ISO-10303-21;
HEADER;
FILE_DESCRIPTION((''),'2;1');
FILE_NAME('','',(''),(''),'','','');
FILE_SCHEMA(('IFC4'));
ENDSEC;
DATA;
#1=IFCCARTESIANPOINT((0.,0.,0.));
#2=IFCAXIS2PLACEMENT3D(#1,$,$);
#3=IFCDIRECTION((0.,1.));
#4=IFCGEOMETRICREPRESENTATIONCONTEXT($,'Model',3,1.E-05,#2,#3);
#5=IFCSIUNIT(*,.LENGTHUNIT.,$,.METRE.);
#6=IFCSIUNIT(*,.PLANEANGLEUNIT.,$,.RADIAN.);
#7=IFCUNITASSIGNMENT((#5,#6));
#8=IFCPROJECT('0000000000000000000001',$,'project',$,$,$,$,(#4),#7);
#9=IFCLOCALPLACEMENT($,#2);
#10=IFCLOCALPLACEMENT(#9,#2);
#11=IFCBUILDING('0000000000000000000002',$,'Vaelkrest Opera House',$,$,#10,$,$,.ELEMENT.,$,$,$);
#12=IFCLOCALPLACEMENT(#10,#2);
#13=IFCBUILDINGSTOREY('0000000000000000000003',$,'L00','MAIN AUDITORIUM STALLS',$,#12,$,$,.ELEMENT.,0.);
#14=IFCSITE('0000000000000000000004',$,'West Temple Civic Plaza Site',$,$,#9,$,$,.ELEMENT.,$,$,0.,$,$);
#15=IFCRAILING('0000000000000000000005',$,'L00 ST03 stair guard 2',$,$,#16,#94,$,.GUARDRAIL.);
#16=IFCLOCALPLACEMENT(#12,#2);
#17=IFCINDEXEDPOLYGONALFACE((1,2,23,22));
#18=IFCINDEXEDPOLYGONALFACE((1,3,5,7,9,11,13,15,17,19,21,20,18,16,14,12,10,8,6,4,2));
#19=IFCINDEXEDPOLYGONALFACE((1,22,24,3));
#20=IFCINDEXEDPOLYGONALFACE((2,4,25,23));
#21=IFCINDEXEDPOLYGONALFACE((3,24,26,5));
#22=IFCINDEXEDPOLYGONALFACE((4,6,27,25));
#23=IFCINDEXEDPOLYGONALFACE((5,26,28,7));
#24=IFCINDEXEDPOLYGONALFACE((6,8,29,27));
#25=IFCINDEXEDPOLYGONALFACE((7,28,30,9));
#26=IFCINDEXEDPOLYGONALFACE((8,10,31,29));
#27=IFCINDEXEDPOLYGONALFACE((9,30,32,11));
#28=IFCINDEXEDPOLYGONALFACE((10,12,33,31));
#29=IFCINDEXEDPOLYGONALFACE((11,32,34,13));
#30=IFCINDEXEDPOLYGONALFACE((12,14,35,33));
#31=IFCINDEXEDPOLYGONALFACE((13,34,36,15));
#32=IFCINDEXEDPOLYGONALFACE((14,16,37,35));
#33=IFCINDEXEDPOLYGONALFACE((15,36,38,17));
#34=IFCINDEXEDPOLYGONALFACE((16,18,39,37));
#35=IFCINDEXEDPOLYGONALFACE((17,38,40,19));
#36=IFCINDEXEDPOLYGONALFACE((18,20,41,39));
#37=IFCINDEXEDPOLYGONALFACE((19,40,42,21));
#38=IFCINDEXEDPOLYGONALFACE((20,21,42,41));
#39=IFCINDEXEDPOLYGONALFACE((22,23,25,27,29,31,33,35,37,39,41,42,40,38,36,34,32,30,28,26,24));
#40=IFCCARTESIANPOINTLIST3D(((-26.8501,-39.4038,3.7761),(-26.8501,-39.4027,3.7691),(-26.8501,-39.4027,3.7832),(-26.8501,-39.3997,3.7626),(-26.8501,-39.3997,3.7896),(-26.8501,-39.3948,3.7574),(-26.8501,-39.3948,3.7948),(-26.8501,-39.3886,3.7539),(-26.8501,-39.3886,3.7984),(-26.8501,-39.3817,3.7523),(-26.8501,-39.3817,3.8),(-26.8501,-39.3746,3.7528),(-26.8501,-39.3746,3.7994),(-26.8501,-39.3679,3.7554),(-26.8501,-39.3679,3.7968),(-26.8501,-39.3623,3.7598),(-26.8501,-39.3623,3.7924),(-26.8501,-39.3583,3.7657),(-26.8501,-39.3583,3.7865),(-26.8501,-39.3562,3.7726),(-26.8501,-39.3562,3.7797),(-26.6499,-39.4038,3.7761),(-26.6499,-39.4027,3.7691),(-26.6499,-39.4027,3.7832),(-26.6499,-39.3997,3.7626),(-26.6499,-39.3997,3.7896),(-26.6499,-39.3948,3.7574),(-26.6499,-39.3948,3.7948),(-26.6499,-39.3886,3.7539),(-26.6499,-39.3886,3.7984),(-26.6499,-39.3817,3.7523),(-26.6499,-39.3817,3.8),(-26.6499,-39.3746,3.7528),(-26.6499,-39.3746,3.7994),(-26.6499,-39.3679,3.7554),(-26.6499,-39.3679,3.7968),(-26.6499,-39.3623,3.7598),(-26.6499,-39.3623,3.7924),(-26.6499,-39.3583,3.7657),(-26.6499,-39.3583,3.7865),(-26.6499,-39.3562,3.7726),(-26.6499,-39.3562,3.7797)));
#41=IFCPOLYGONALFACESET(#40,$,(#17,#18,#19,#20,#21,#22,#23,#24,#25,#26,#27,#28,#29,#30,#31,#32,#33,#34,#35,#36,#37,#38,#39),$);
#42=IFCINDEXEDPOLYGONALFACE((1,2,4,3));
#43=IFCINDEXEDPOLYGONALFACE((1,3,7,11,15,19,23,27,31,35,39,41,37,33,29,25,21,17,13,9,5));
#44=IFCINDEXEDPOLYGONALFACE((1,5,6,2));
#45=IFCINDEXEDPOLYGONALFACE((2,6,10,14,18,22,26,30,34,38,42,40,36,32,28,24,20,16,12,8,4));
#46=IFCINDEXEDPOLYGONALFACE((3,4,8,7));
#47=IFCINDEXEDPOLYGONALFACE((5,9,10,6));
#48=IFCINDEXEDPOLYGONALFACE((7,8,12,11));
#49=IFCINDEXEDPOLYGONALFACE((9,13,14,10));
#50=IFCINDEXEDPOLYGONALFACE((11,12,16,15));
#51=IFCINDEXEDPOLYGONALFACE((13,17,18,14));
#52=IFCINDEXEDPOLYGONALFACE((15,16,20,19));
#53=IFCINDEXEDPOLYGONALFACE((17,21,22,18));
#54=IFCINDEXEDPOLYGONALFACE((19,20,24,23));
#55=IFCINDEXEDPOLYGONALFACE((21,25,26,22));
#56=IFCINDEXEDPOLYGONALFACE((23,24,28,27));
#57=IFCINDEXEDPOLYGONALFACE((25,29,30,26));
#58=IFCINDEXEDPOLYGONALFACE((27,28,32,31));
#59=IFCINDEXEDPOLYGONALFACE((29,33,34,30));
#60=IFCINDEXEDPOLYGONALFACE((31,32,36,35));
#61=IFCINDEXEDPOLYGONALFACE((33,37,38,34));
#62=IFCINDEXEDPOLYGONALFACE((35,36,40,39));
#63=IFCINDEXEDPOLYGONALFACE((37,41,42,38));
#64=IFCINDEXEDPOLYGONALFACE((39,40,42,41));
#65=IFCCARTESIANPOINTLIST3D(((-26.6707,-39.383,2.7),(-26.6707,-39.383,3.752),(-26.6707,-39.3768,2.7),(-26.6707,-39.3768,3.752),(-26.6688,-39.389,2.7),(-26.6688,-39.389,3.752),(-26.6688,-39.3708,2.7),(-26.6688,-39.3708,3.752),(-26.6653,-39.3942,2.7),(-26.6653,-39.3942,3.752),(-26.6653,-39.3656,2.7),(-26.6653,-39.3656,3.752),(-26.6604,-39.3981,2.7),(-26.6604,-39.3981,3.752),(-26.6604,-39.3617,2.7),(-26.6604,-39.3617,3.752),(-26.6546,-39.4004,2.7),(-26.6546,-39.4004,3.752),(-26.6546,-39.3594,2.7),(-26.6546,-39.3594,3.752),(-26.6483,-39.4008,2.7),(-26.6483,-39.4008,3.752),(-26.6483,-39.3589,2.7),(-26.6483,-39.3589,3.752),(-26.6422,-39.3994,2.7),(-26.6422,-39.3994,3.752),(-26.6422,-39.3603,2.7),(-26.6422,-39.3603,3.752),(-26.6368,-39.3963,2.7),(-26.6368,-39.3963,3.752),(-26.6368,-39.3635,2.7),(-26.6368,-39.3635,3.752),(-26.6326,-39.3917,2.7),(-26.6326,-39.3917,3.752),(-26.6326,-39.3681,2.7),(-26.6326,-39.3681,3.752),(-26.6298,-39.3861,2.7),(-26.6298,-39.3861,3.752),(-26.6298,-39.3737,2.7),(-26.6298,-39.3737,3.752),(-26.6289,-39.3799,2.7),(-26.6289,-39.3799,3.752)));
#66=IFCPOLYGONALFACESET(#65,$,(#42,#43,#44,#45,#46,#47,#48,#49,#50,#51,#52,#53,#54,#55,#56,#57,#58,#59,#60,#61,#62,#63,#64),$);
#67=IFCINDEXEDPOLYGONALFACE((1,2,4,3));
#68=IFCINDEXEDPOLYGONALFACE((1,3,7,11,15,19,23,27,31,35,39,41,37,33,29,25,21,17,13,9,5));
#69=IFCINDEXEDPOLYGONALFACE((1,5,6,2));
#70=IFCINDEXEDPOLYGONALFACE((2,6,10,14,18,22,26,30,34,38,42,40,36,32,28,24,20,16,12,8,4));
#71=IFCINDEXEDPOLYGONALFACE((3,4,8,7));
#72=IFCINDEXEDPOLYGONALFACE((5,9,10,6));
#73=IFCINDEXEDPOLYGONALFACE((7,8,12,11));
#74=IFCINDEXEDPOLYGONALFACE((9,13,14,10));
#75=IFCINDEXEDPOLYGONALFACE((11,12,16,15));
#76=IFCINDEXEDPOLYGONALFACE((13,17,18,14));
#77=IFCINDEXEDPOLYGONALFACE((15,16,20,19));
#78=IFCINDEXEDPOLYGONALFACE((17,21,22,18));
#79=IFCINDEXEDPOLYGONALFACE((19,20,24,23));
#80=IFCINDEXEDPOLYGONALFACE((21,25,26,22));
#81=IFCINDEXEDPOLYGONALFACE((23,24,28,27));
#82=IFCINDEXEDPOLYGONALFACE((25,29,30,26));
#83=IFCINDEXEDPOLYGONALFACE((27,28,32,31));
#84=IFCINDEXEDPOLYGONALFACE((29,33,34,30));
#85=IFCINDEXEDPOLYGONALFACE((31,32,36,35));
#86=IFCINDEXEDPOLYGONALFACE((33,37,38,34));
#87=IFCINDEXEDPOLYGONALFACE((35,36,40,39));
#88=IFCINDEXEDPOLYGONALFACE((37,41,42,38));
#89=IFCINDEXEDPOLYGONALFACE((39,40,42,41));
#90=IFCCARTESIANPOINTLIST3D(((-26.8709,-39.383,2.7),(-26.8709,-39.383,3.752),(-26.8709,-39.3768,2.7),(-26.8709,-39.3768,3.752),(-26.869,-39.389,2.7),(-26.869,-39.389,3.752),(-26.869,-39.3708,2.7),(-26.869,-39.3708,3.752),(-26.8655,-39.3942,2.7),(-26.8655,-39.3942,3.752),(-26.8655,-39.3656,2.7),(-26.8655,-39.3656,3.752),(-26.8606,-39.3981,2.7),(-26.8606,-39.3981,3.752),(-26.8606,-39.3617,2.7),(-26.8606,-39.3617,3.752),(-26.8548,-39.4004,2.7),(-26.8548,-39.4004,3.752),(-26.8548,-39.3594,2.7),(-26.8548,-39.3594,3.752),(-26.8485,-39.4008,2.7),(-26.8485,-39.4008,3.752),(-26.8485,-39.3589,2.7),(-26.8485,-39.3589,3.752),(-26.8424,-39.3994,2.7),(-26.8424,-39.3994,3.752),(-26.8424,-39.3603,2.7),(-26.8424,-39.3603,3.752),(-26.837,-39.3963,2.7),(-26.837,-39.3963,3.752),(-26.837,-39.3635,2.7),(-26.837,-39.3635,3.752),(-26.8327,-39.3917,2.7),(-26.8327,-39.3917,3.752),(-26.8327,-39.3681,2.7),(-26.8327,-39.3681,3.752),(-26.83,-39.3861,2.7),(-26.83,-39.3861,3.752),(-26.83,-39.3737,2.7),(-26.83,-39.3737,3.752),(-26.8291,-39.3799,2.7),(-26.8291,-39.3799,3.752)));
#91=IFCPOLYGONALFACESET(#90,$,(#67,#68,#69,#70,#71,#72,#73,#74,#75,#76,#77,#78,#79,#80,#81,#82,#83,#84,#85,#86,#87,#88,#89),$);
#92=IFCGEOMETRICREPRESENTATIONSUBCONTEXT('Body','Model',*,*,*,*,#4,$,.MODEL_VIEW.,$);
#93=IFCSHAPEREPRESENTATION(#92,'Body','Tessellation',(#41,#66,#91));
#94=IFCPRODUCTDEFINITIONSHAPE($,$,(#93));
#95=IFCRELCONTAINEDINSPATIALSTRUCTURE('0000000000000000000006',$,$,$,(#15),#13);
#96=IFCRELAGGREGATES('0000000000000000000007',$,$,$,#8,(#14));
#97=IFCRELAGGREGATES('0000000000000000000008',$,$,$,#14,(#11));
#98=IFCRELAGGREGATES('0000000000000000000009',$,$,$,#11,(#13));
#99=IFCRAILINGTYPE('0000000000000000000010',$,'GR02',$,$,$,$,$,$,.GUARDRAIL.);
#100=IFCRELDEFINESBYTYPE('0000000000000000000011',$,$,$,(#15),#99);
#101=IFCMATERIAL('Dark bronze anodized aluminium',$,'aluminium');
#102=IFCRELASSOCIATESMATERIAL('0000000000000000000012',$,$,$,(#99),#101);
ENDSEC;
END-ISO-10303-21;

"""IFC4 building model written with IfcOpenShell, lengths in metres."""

from ifc_helpers import new_model, si_unit, direction, frame, origin, origin_2d, place, context, subcontext, project, spatial, circle, extrude, material, type_object, element, save


model = new_model("IFC4")

# Units and contexts
model_context = context("Model", 3, precision=1e-05, world=origin(), true_north=direction((0.0, 1.0)))
body_context = subcontext(model_context, "Body", "Model", "MODEL_VIEW")
ifc_project = project(units=[si_unit("LENGTHUNIT", "METRE"), si_unit("PLANEANGLEUNIT", "RADIAN")], contexts=[model_context])

# Site, building, storey
site_placement = place(None, origin())
site = spatial("IfcSite", under=ifc_project, at=site_placement, Name="West Temple Civic Plaza Site", CompositionType="ELEMENT", RefElevation=0.0)
building_placement = place(site_placement, origin())
building = spatial("IfcBuilding", under=site, at=building_placement, Name="Vaelkrest Opera House", CompositionType="ELEMENT")
storey_placement = place(building_placement, origin())
storey = spatial("IfcBuildingStorey", under=building, at=storey_placement, Name="L00", Description="MAIN AUDITORIUM STALLS", CompositionType="ELEMENT", Elevation=0.0)

# Shared definitions
ifc_material_1 = material(Name="Dark bronze anodized aluminium", Category="aluminium")

# Railing
railing_type_1 = type_object("IfcRailingType", Name="GR02", PredefinedType="GUARDRAIL", material=ifc_material_1)
railing_1_placement = place(storey_placement, frame((-26.6499, -39.3799, 2.7)))
element("IfcRailing", 1, at=railing_1_placement, inside=storey, type_object=railing_type_1, Name="L00 ST03 stair guard 2", PredefinedType="GUARDRAIL", context=body_context, shape_type="SweptSolid", body=[
    extrude(circle(Radius=0.0239, at=origin_2d()), frame((0.0, 0.0, 1.0762), z_axis=(-1.0, 0.0, 0.0), x_axis=(0.0, -1.0, 0.0)), (0.0, 0.0, 1.0), 0.2002),
    extrude(circle(Radius=0.021, at=origin_2d()), origin(), (0.0, 0.0, 1.0), 1.052),
    extrude(circle(Radius=0.021, at=origin_2d()), frame((-0.2002, 0.0, 0.0)), (0.0, 0.0, 1.0), 1.052),
])

save(model, "model.ifc")
